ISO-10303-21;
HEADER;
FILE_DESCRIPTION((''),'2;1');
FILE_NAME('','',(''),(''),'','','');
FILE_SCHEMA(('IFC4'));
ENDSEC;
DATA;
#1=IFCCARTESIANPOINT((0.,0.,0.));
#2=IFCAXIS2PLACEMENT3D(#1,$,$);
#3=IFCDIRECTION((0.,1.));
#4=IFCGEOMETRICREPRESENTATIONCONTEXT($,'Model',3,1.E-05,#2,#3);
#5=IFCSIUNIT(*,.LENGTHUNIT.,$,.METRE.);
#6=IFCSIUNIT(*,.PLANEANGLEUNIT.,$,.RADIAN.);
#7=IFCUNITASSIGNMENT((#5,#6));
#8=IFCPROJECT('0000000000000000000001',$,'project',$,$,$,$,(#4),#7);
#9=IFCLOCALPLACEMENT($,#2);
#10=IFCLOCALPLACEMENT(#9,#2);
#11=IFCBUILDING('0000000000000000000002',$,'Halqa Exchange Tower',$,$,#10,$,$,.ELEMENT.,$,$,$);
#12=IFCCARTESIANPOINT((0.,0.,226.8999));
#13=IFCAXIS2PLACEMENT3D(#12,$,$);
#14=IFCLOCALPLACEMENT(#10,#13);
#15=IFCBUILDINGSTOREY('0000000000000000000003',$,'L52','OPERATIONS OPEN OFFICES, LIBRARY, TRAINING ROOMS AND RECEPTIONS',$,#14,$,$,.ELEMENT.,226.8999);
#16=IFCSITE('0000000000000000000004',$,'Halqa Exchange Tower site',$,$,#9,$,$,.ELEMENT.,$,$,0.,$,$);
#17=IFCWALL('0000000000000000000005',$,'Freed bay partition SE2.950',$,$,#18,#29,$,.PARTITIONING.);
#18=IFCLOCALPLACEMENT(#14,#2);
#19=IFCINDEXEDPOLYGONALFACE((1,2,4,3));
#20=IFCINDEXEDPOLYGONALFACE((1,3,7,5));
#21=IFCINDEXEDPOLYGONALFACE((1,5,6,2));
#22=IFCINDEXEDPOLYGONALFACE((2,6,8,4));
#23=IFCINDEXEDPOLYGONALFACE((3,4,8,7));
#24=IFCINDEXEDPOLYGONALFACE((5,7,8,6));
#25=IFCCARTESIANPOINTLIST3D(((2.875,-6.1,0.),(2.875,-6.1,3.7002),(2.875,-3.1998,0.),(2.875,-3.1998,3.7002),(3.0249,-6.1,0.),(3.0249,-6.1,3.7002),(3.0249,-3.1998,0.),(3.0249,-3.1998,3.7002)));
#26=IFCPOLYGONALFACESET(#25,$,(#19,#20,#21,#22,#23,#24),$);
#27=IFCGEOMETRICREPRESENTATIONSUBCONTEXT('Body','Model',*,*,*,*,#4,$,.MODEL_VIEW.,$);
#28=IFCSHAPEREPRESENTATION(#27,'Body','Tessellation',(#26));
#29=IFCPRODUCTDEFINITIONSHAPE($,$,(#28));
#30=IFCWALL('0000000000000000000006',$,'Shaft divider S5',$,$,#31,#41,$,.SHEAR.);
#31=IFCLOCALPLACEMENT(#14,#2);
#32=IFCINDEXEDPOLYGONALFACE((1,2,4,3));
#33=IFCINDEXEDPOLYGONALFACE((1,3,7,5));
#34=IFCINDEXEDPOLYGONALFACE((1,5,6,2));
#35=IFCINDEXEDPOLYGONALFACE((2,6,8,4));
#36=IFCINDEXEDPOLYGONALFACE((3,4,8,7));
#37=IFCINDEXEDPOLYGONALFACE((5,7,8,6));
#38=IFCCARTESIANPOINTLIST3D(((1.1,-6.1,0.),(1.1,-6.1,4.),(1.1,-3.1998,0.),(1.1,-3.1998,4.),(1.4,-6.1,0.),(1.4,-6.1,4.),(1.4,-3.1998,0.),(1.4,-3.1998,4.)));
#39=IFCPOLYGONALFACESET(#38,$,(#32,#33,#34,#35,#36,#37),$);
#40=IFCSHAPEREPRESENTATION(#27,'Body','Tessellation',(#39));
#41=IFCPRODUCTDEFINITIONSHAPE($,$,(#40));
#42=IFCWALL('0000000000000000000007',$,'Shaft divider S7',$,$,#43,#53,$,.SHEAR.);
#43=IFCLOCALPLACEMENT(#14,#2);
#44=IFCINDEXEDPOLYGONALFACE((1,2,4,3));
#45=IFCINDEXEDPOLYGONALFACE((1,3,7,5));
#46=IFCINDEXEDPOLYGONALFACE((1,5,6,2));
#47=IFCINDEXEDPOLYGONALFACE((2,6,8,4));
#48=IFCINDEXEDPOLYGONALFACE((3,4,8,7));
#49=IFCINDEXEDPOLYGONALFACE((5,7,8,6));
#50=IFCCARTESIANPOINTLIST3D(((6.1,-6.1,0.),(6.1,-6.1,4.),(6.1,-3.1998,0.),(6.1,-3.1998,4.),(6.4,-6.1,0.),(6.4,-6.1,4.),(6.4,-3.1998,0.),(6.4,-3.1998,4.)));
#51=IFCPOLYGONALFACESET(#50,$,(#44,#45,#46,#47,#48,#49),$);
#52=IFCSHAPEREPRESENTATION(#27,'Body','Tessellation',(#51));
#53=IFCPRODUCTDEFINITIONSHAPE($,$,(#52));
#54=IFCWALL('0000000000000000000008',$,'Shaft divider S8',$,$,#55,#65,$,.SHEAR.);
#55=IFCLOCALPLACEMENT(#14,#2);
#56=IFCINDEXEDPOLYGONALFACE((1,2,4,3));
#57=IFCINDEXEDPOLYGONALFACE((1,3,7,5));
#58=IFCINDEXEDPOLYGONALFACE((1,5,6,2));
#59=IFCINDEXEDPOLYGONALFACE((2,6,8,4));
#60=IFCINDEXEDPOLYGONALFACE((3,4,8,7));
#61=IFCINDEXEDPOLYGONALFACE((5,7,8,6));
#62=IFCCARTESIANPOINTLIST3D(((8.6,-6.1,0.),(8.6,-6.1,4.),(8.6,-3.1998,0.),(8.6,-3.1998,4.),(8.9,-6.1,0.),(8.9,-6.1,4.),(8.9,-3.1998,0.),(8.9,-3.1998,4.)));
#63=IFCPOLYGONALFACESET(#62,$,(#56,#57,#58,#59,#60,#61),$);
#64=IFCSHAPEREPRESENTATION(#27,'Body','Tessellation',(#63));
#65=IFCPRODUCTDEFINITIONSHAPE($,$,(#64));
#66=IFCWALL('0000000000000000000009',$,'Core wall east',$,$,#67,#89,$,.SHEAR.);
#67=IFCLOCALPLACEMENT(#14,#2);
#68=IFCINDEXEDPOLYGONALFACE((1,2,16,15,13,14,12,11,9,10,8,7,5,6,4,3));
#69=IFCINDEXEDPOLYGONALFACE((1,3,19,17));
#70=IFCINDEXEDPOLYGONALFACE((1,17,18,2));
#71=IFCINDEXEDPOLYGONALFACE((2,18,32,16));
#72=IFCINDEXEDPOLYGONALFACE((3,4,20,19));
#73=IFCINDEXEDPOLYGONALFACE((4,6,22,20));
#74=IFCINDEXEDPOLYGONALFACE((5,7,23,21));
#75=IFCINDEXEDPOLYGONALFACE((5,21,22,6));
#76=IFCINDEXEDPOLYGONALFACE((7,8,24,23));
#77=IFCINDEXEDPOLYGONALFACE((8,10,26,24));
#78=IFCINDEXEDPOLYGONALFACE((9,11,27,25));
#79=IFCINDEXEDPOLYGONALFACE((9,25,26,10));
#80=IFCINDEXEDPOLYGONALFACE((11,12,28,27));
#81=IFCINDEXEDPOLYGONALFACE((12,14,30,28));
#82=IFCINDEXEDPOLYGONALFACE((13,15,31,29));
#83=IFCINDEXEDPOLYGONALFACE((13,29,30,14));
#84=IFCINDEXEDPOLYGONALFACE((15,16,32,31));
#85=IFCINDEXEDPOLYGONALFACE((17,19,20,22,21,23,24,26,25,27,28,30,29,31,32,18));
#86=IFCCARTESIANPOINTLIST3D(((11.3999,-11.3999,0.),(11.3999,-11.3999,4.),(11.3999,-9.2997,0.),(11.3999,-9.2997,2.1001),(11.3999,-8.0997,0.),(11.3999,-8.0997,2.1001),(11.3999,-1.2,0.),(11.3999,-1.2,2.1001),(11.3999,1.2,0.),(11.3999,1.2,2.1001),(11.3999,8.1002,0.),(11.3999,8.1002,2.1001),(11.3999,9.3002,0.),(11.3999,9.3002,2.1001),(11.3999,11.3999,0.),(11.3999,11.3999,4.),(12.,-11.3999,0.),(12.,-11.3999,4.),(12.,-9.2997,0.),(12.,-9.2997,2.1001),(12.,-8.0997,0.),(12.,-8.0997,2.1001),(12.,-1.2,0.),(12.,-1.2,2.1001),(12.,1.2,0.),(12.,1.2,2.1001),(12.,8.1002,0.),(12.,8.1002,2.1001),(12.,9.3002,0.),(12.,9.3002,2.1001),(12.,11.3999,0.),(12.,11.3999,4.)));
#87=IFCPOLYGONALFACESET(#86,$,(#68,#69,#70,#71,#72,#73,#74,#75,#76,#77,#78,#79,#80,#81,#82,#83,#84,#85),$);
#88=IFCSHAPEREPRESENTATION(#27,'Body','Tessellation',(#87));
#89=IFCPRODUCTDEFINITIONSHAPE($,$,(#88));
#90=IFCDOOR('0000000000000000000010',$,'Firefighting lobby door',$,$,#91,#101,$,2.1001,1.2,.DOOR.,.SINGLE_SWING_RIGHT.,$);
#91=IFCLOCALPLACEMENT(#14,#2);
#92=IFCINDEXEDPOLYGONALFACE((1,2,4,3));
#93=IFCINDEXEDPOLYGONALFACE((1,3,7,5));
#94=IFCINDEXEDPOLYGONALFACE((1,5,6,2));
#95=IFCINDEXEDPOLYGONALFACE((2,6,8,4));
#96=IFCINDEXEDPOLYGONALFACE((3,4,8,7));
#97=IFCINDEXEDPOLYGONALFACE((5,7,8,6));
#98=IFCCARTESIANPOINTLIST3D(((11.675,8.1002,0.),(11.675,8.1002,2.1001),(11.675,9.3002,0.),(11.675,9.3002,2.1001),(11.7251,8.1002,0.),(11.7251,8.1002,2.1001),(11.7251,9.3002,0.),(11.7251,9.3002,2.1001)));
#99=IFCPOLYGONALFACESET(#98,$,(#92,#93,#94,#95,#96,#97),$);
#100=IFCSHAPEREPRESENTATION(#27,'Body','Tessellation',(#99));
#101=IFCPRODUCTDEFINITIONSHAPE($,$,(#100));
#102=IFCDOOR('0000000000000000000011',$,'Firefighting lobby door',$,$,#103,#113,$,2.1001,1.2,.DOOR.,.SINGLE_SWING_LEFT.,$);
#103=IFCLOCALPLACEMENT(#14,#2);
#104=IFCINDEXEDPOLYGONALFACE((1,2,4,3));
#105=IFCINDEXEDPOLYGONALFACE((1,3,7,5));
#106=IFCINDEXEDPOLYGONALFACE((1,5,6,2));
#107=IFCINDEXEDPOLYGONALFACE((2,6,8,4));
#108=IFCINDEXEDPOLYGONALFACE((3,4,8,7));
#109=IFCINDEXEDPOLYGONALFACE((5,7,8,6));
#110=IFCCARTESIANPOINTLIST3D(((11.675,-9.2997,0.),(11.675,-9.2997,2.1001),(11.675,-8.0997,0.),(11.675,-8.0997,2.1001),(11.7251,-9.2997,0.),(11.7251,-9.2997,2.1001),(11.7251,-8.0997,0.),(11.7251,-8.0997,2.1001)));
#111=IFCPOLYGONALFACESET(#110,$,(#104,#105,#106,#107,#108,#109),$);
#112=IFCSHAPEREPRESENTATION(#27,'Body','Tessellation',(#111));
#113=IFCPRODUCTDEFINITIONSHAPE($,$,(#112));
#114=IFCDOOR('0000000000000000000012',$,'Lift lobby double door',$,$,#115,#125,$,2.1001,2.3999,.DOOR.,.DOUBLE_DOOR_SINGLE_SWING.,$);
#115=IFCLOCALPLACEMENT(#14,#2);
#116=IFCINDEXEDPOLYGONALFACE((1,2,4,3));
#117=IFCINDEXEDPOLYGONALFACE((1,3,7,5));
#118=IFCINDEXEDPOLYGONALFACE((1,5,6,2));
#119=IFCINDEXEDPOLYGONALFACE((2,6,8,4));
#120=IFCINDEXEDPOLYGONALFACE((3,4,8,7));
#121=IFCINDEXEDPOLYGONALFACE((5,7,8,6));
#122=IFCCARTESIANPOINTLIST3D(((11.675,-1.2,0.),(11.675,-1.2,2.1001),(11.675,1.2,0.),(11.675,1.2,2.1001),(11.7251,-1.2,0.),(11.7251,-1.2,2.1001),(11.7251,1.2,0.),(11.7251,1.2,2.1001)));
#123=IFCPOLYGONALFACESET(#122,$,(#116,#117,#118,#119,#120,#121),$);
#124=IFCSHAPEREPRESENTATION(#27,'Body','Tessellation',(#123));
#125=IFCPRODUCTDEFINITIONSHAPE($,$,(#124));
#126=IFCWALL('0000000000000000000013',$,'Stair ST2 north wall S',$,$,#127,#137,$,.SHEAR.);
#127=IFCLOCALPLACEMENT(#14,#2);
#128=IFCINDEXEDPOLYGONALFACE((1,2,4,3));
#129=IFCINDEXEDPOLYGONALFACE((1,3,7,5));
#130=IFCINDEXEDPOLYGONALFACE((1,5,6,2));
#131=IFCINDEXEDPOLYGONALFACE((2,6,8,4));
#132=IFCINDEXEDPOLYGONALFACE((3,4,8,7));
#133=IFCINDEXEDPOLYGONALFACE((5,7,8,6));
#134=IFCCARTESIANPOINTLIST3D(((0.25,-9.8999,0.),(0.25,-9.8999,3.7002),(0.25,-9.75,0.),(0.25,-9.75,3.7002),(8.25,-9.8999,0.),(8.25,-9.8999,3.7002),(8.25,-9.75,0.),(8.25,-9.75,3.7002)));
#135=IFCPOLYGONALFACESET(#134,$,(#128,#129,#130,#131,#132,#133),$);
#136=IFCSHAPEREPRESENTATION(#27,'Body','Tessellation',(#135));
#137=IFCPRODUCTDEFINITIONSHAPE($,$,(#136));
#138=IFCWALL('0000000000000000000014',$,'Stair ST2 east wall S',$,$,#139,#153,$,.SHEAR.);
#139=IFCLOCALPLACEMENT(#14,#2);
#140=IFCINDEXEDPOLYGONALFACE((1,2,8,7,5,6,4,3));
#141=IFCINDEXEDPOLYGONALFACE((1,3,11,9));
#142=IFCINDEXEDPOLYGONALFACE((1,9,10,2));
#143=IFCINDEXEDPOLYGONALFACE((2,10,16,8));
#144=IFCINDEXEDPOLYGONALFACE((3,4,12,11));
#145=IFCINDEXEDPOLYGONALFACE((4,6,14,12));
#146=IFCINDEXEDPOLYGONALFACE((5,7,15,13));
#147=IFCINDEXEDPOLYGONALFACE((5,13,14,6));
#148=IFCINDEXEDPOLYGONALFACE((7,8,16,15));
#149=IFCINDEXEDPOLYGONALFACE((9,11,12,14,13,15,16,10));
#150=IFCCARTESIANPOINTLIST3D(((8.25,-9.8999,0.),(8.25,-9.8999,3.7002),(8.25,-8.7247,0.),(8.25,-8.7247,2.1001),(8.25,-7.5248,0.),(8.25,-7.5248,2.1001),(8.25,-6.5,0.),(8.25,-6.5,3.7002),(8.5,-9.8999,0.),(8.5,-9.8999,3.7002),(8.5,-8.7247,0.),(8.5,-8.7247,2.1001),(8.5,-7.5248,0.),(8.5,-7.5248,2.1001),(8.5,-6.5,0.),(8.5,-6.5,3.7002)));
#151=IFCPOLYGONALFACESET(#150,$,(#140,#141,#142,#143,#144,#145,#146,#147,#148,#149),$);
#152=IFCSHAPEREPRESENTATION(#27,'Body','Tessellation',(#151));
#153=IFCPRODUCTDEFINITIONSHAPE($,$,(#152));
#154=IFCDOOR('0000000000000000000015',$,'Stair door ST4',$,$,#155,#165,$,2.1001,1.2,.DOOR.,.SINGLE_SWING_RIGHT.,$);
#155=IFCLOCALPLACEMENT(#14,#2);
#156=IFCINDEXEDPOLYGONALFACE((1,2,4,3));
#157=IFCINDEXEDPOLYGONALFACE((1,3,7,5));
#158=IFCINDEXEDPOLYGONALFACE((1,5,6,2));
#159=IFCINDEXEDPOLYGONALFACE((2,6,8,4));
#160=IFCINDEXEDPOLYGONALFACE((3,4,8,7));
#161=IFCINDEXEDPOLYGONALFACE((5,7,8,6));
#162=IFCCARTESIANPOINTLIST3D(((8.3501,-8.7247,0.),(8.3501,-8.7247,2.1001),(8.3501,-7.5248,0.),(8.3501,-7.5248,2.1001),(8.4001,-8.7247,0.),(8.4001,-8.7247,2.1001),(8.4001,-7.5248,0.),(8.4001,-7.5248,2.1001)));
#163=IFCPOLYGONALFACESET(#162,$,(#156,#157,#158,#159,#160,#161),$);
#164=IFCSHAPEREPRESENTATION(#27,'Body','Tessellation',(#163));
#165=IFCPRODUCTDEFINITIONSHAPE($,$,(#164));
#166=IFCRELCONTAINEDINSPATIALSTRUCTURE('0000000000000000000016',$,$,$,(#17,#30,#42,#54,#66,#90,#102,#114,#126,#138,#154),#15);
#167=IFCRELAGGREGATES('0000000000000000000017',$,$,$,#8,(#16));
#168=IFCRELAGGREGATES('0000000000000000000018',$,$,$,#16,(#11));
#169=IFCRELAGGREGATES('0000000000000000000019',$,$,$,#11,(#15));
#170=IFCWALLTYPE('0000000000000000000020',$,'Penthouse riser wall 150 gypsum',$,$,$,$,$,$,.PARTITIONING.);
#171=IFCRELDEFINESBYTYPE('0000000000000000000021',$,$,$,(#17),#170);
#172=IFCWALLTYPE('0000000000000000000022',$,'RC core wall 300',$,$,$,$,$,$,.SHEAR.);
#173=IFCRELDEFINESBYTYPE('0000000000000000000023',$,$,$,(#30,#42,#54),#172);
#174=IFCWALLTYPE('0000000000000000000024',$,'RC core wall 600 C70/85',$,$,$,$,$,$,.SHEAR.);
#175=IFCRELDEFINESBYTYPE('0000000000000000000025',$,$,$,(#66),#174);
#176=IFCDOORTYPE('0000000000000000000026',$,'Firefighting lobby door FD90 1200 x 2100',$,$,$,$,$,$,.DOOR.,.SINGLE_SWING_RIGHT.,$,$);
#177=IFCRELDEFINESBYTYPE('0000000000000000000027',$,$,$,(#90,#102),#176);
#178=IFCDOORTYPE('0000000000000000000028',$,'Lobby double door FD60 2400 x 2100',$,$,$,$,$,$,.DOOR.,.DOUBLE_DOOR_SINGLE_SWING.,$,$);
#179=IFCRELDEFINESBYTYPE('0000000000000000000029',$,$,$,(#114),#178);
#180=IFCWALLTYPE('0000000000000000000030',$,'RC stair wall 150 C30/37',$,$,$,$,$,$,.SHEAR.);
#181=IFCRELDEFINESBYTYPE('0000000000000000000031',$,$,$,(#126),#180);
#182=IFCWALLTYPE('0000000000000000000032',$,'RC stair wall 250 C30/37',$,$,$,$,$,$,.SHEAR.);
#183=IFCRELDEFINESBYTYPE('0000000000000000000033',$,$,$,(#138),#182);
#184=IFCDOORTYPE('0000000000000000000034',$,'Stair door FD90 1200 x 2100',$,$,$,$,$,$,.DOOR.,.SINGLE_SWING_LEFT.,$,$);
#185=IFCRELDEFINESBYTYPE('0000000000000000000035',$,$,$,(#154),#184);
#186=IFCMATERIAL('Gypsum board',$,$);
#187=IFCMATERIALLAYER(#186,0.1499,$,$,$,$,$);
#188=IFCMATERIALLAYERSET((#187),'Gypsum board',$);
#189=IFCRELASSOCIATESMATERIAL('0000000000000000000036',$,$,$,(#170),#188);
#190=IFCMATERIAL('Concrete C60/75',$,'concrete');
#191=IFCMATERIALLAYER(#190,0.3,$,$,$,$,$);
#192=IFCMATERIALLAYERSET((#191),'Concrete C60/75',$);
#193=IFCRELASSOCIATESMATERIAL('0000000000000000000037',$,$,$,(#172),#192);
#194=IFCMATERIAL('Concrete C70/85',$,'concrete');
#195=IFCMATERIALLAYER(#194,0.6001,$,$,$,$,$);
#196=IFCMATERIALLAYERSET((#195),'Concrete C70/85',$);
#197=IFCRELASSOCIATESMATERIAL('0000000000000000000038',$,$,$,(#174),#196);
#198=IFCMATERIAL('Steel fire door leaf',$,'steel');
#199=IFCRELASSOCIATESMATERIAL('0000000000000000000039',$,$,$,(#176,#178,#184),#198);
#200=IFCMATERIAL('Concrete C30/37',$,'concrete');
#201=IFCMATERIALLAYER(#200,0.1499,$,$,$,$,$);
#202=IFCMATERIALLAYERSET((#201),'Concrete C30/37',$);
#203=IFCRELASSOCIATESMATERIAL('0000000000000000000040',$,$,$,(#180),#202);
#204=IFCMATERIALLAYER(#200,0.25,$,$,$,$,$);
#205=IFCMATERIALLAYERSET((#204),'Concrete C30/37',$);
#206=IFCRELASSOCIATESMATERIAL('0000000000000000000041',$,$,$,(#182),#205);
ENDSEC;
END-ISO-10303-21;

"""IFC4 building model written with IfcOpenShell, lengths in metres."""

from ifc_helpers import new_model, si_unit, direction, frame, frame_2d, origin, place, context, subcontext, project, spatial, rectangle, extrude, material, layer, layer_set, type_object, element, fill, save


model = new_model("IFC4")

# Units and contexts
model_context = context("Model", 3, precision=1e-05, world=origin(), true_north=direction((0.0, 1.0)))
body_context = subcontext(model_context, "Body", "Model", "MODEL_VIEW")
ifc_project = project(units=[si_unit("LENGTHUNIT", "METRE"), si_unit("PLANEANGLEUNIT", "RADIAN")], contexts=[model_context])

# Site, building, storey
site_placement = place(None, origin())
site = spatial("IfcSite", under=ifc_project, at=site_placement, Name="Halqa Exchange Tower site", CompositionType="ELEMENT", RefElevation=0.0)
building_placement = place(site_placement, origin())
building = spatial("IfcBuilding", under=site, at=building_placement, Name="Halqa Exchange Tower", CompositionType="ELEMENT")
storey_placement = place(building_placement, frame((0.0, 0.0, 226.8999)))
storey = spatial("IfcBuildingStorey", under=building, at=storey_placement, Name="L52", Description="OPERATIONS OPEN OFFICES, LIBRARY, TRAINING ROOMS AND RECEPTIONS", CompositionType="ELEMENT", Elevation=226.8999)

# Walls
ifc_material_1 = material(Name="Gypsum board")
ifc_layer_1 = layer(ifc_material_1, 0.1499)
ifc_layer_set_1 = layer_set([ifc_layer_1], Name="Gypsum board")
wall_type_1 = type_object("IfcWallType", Name="Penthouse riser wall 150 gypsum", PredefinedType="PARTITIONING", material=ifc_layer_set_1)
wall_1_placement = place(storey_placement, frame((2.95, -6.1001, 0.0), z_axis=(0.0, 0.0, 1.0), x_axis=(0.0, 1.0, 0.0)))
element("IfcWall", 1, at=wall_1_placement, inside=storey, type_object=wall_type_1, Name="Freed bay partition SE2.950", PredefinedType="PARTITIONING", context=body_context, shape_type="SweptSolid", body=[
    extrude(rectangle(XDim=2.9001, YDim=0.1499, at=frame_2d((1.4502, 0.0))), origin(), (0.0, 0.0, 1.0), 3.7002),
])
ifc_material_2 = material(Name="Concrete C60/75", Category="concrete")
ifc_layer_2 = layer(ifc_material_2, 0.3)
ifc_layer_set_2 = layer_set([ifc_layer_2], Name="Concrete C60/75")
wall_type_2 = type_object("IfcWallType", Name="RC core wall 300", PredefinedType="SHEAR", material=ifc_layer_set_2)
for number, where, z_axis, x_axis, name in (
    (2, (1.25, -6.1001, 0.0), (0.0, 0.0, 1.0), (0.0, 1.0, 0.0), "Shaft divider S5"),
    (3, (6.25, -6.1001, 0.0), (0.0, 0.0, 1.0), (0.0, 1.0, 0.0), "Shaft divider S7"),
    (4, (8.75, -6.1001, 0.0), (0.0, 0.0, 1.0), (0.0, 1.0, 0.0), "Shaft divider S8"),
):
    element("IfcWall", number, at=place(storey_placement, frame(where, z_axis=z_axis, x_axis=x_axis)), inside=storey, type_object=wall_type_2, Name=name, PredefinedType="SHEAR", context=body_context, shape_type="SweptSolid", body=[
        extrude(rectangle(XDim=2.9001, YDim=0.3, at=frame_2d((1.4502, 0.0))), origin(), (0.0, 0.0, 1.0), 4.0),
    ])

# Wall, openings, doors
ifc_material_3 = material(Name="Concrete C70/85", Category="concrete")
ifc_layer_3 = layer(ifc_material_3, 0.6001)
ifc_layer_set_3 = layer_set([ifc_layer_3], Name="Concrete C70/85")
wall_type_3 = type_object("IfcWallType", Name="RC core wall 600 C70/85", PredefinedType="SHEAR", material=ifc_layer_set_3)
wall_2_placement = place(storey_placement, frame((11.7, -11.3999, 0.0), z_axis=(0.0, 0.0, 1.0), x_axis=(0.0, 1.0, 0.0)))
wall_2 = element("IfcWall", 5, at=wall_2_placement, inside=storey, type_object=wall_type_3, Name="Core wall east", PredefinedType="SHEAR", context=body_context, shape_type="SweptSolid", body=[
    extrude(rectangle(XDim=22.7998, YDim=0.6001, at=frame_2d((11.3999, 0.0))), origin(), (0.0, 0.0, 1.0), 4.0),
])
opening_1_placement = place(wall_2_placement, frame((10.2, 0.0, 0.0)))
opening_1 = element("IfcOpeningElement", 6, at=opening_1_placement, cuts=wall_2, PredefinedType="OPENING", context=body_context, shape_type="SweptSolid", body=[
    extrude(rectangle(XDim=2.3999, YDim=2.1001, at=frame_2d((1.2, 1.05))), frame((0.0, 0.312, 0.0), z_axis=(0.0, -1.0, 0.0), x_axis=(1.0, 0.0, 0.0)), (0.0, 0.0, 1.0), 0.624),
])
opening_2_placement = place(wall_2_placement, frame((19.5, 0.0, 0.0)))
opening_2 = element("IfcOpeningElement", 7, at=opening_2_placement, cuts=wall_2, PredefinedType="OPENING", context=body_context, shape_type="SweptSolid", body=[
    extrude(rectangle(XDim=1.2, YDim=2.1001, at=frame_2d((0.6001, 1.05))), frame((0.0, 0.312, 0.0), z_axis=(0.0, -1.0, 0.0), x_axis=(1.0, 0.0, 0.0)), (0.0, 0.0, 1.0), 0.624),
])
opening_3_placement = place(wall_2_placement, frame((2.1001, 0.0, 0.0)))
opening_3 = element("IfcOpeningElement", 8, at=opening_3_placement, cuts=wall_2, PredefinedType="OPENING", context=body_context, shape_type="SweptSolid", body=[
    extrude(rectangle(XDim=1.2, YDim=2.1001, at=frame_2d((0.6001, 1.05))), frame((0.0, 0.312, 0.0), z_axis=(0.0, -1.0, 0.0), x_axis=(1.0, 0.0, 0.0)), (0.0, 0.0, 1.0), 0.624),
])
ifc_material_4 = material(Name="Steel fire door leaf", Category="steel")
door_type_1 = type_object("IfcDoorType", Name="Firefighting lobby door FD90 1200 x 2100", OperationType="SINGLE_SWING_RIGHT", PredefinedType="DOOR", material=ifc_material_4)
door_1_placement = place(opening_2_placement, origin())
door_1 = element("IfcDoor", 9, at=door_1_placement, inside=storey, type_object=door_type_1, Name="Firefighting lobby door", OperationType="SINGLE_SWING_RIGHT", OverallHeight=2.1001, OverallWidth=1.2, PredefinedType="DOOR", context=body_context, shape_type="SweptSolid", body=[
    extrude(rectangle(XDim=1.2, YDim=2.1001, at=frame_2d((0.6001, 1.05))), frame((0.0, 0.0249, 0.0), z_axis=(0.0, -1.0, 0.0), x_axis=(1.0, 0.0, 0.0)), (0.0, 0.0, 1.0), 0.05),
])
fill(opening_2, door_1)
door_2_placement = place(opening_3_placement, origin())
door_2 = element("IfcDoor", 10, at=door_2_placement, inside=storey, type_object=door_type_1, Name="Firefighting lobby door", OperationType="SINGLE_SWING_LEFT", OverallHeight=2.1001, OverallWidth=1.2, PredefinedType="DOOR", context=body_context, shape_type="SweptSolid", body=[
    extrude(rectangle(XDim=1.2, YDim=2.1001, at=frame_2d((0.6001, 1.05))), frame((0.0, 0.0249, 0.0), z_axis=(0.0, -1.0, 0.0), x_axis=(1.0, 0.0, 0.0)), (0.0, 0.0, 1.0), 0.05),
])
fill(opening_3, door_2)
door_type_2 = type_object("IfcDoorType", Name="Lobby double door FD60 2400 x 2100", OperationType="DOUBLE_DOOR_SINGLE_SWING", PredefinedType="DOOR", material=ifc_material_4)
door_3_placement = place(opening_1_placement, origin())
door_3 = element("IfcDoor", 11, at=door_3_placement, inside=storey, type_object=door_type_2, Name="Lift lobby double door", OperationType="DOUBLE_DOOR_SINGLE_SWING", OverallHeight=2.1001, OverallWidth=2.3999, PredefinedType="DOOR", context=body_context, shape_type="SweptSolid", body=[
    extrude(rectangle(XDim=2.3999, YDim=2.1001, at=frame_2d((1.2, 1.05))), frame((0.0, 0.0249, 0.0), z_axis=(0.0, -1.0, 0.0), x_axis=(1.0, 0.0, 0.0)), (0.0, 0.0, 1.0), 0.05),
])
fill(opening_1, door_3)

# Wall
ifc_material_5 = material(Name="Concrete C30/37", Category="concrete")
ifc_layer_4 = layer(ifc_material_5, 0.1499)
ifc_layer_set_4 = layer_set([ifc_layer_4], Name="Concrete C30/37")
wall_type_4 = type_object("IfcWallType", Name="RC stair wall 150 C30/37", PredefinedType="SHEAR", material=ifc_layer_set_4)
wall_3_placement = place(storey_placement, frame((0.25, -9.825, 0.0), z_axis=(0.0, 0.0, 1.0), x_axis=(1.0, 0.0, 0.0)))
element("IfcWall", 12, at=wall_3_placement, inside=storey, type_object=wall_type_4, Name="Stair ST2 north wall S", PredefinedType="SHEAR", context=body_context, shape_type="SweptSolid", body=[
    extrude(rectangle(XDim=8.0, YDim=0.1499, at=frame_2d((4.0, 0.0))), origin(), (0.0, 0.0, 1.0), 3.7002),
])

# Wall, opening, door
ifc_layer_5 = layer(ifc_material_5, 0.25)
ifc_layer_set_5 = layer_set([ifc_layer_5], Name="Concrete C30/37")
wall_type_5 = type_object("IfcWallType", Name="RC stair wall 250 C30/37", PredefinedType="SHEAR", material=ifc_layer_set_5)
wall_4_placement = place(storey_placement, frame((8.375, -9.8999, 0.0), z_axis=(0.0, 0.0, 1.0), x_axis=(0.0, 1.0, 0.0)))
wall_4 = element("IfcWall", 13, at=wall_4_placement, inside=storey, type_object=wall_type_5, Name="Stair ST2 east wall S", PredefinedType="SHEAR", context=body_context, shape_type="SweptSolid", body=[
    extrude(rectangle(XDim=3.3999, YDim=0.25, at=frame_2d((1.7, 0.0))), origin(), (0.0, 0.0, 1.0), 3.7002),
])
opening_4_placement = place(wall_4_placement, frame((1.175, 0.0, 0.0)))
opening_4 = element("IfcOpeningElement", 14, at=opening_4_placement, cuts=wall_4, PredefinedType="OPENING", context=body_context, shape_type="SweptSolid", body=[
    extrude(rectangle(XDim=1.2, YDim=2.1001, at=frame_2d((0.6001, 1.05))), frame((0.0, 0.137, 0.0), z_axis=(0.0, -1.0, 0.0), x_axis=(1.0, 0.0, 0.0)), (0.0, 0.0, 1.0), 0.2739),
])
door_type_3 = type_object("IfcDoorType", Name="Stair door FD90 1200 x 2100", OperationType="SINGLE_SWING_LEFT", PredefinedType="DOOR", material=ifc_material_4)
door_4_placement = place(opening_4_placement, origin())
door_4 = element("IfcDoor", 15, at=door_4_placement, inside=storey, type_object=door_type_3, Name="Stair door ST4", OperationType="SINGLE_SWING_RIGHT", OverallHeight=2.1001, OverallWidth=1.2, PredefinedType="DOOR", context=body_context, shape_type="SweptSolid", body=[
    extrude(rectangle(XDim=1.2, YDim=2.1001, at=frame_2d((0.6001, 1.05))), frame((0.0, 0.0249, 0.0), z_axis=(0.0, -1.0, 0.0), x_axis=(1.0, 0.0, 0.0)), (0.0, 0.0, 1.0), 0.05),
])
fill(opening_4, door_4)

save(model, "model.ifc")
